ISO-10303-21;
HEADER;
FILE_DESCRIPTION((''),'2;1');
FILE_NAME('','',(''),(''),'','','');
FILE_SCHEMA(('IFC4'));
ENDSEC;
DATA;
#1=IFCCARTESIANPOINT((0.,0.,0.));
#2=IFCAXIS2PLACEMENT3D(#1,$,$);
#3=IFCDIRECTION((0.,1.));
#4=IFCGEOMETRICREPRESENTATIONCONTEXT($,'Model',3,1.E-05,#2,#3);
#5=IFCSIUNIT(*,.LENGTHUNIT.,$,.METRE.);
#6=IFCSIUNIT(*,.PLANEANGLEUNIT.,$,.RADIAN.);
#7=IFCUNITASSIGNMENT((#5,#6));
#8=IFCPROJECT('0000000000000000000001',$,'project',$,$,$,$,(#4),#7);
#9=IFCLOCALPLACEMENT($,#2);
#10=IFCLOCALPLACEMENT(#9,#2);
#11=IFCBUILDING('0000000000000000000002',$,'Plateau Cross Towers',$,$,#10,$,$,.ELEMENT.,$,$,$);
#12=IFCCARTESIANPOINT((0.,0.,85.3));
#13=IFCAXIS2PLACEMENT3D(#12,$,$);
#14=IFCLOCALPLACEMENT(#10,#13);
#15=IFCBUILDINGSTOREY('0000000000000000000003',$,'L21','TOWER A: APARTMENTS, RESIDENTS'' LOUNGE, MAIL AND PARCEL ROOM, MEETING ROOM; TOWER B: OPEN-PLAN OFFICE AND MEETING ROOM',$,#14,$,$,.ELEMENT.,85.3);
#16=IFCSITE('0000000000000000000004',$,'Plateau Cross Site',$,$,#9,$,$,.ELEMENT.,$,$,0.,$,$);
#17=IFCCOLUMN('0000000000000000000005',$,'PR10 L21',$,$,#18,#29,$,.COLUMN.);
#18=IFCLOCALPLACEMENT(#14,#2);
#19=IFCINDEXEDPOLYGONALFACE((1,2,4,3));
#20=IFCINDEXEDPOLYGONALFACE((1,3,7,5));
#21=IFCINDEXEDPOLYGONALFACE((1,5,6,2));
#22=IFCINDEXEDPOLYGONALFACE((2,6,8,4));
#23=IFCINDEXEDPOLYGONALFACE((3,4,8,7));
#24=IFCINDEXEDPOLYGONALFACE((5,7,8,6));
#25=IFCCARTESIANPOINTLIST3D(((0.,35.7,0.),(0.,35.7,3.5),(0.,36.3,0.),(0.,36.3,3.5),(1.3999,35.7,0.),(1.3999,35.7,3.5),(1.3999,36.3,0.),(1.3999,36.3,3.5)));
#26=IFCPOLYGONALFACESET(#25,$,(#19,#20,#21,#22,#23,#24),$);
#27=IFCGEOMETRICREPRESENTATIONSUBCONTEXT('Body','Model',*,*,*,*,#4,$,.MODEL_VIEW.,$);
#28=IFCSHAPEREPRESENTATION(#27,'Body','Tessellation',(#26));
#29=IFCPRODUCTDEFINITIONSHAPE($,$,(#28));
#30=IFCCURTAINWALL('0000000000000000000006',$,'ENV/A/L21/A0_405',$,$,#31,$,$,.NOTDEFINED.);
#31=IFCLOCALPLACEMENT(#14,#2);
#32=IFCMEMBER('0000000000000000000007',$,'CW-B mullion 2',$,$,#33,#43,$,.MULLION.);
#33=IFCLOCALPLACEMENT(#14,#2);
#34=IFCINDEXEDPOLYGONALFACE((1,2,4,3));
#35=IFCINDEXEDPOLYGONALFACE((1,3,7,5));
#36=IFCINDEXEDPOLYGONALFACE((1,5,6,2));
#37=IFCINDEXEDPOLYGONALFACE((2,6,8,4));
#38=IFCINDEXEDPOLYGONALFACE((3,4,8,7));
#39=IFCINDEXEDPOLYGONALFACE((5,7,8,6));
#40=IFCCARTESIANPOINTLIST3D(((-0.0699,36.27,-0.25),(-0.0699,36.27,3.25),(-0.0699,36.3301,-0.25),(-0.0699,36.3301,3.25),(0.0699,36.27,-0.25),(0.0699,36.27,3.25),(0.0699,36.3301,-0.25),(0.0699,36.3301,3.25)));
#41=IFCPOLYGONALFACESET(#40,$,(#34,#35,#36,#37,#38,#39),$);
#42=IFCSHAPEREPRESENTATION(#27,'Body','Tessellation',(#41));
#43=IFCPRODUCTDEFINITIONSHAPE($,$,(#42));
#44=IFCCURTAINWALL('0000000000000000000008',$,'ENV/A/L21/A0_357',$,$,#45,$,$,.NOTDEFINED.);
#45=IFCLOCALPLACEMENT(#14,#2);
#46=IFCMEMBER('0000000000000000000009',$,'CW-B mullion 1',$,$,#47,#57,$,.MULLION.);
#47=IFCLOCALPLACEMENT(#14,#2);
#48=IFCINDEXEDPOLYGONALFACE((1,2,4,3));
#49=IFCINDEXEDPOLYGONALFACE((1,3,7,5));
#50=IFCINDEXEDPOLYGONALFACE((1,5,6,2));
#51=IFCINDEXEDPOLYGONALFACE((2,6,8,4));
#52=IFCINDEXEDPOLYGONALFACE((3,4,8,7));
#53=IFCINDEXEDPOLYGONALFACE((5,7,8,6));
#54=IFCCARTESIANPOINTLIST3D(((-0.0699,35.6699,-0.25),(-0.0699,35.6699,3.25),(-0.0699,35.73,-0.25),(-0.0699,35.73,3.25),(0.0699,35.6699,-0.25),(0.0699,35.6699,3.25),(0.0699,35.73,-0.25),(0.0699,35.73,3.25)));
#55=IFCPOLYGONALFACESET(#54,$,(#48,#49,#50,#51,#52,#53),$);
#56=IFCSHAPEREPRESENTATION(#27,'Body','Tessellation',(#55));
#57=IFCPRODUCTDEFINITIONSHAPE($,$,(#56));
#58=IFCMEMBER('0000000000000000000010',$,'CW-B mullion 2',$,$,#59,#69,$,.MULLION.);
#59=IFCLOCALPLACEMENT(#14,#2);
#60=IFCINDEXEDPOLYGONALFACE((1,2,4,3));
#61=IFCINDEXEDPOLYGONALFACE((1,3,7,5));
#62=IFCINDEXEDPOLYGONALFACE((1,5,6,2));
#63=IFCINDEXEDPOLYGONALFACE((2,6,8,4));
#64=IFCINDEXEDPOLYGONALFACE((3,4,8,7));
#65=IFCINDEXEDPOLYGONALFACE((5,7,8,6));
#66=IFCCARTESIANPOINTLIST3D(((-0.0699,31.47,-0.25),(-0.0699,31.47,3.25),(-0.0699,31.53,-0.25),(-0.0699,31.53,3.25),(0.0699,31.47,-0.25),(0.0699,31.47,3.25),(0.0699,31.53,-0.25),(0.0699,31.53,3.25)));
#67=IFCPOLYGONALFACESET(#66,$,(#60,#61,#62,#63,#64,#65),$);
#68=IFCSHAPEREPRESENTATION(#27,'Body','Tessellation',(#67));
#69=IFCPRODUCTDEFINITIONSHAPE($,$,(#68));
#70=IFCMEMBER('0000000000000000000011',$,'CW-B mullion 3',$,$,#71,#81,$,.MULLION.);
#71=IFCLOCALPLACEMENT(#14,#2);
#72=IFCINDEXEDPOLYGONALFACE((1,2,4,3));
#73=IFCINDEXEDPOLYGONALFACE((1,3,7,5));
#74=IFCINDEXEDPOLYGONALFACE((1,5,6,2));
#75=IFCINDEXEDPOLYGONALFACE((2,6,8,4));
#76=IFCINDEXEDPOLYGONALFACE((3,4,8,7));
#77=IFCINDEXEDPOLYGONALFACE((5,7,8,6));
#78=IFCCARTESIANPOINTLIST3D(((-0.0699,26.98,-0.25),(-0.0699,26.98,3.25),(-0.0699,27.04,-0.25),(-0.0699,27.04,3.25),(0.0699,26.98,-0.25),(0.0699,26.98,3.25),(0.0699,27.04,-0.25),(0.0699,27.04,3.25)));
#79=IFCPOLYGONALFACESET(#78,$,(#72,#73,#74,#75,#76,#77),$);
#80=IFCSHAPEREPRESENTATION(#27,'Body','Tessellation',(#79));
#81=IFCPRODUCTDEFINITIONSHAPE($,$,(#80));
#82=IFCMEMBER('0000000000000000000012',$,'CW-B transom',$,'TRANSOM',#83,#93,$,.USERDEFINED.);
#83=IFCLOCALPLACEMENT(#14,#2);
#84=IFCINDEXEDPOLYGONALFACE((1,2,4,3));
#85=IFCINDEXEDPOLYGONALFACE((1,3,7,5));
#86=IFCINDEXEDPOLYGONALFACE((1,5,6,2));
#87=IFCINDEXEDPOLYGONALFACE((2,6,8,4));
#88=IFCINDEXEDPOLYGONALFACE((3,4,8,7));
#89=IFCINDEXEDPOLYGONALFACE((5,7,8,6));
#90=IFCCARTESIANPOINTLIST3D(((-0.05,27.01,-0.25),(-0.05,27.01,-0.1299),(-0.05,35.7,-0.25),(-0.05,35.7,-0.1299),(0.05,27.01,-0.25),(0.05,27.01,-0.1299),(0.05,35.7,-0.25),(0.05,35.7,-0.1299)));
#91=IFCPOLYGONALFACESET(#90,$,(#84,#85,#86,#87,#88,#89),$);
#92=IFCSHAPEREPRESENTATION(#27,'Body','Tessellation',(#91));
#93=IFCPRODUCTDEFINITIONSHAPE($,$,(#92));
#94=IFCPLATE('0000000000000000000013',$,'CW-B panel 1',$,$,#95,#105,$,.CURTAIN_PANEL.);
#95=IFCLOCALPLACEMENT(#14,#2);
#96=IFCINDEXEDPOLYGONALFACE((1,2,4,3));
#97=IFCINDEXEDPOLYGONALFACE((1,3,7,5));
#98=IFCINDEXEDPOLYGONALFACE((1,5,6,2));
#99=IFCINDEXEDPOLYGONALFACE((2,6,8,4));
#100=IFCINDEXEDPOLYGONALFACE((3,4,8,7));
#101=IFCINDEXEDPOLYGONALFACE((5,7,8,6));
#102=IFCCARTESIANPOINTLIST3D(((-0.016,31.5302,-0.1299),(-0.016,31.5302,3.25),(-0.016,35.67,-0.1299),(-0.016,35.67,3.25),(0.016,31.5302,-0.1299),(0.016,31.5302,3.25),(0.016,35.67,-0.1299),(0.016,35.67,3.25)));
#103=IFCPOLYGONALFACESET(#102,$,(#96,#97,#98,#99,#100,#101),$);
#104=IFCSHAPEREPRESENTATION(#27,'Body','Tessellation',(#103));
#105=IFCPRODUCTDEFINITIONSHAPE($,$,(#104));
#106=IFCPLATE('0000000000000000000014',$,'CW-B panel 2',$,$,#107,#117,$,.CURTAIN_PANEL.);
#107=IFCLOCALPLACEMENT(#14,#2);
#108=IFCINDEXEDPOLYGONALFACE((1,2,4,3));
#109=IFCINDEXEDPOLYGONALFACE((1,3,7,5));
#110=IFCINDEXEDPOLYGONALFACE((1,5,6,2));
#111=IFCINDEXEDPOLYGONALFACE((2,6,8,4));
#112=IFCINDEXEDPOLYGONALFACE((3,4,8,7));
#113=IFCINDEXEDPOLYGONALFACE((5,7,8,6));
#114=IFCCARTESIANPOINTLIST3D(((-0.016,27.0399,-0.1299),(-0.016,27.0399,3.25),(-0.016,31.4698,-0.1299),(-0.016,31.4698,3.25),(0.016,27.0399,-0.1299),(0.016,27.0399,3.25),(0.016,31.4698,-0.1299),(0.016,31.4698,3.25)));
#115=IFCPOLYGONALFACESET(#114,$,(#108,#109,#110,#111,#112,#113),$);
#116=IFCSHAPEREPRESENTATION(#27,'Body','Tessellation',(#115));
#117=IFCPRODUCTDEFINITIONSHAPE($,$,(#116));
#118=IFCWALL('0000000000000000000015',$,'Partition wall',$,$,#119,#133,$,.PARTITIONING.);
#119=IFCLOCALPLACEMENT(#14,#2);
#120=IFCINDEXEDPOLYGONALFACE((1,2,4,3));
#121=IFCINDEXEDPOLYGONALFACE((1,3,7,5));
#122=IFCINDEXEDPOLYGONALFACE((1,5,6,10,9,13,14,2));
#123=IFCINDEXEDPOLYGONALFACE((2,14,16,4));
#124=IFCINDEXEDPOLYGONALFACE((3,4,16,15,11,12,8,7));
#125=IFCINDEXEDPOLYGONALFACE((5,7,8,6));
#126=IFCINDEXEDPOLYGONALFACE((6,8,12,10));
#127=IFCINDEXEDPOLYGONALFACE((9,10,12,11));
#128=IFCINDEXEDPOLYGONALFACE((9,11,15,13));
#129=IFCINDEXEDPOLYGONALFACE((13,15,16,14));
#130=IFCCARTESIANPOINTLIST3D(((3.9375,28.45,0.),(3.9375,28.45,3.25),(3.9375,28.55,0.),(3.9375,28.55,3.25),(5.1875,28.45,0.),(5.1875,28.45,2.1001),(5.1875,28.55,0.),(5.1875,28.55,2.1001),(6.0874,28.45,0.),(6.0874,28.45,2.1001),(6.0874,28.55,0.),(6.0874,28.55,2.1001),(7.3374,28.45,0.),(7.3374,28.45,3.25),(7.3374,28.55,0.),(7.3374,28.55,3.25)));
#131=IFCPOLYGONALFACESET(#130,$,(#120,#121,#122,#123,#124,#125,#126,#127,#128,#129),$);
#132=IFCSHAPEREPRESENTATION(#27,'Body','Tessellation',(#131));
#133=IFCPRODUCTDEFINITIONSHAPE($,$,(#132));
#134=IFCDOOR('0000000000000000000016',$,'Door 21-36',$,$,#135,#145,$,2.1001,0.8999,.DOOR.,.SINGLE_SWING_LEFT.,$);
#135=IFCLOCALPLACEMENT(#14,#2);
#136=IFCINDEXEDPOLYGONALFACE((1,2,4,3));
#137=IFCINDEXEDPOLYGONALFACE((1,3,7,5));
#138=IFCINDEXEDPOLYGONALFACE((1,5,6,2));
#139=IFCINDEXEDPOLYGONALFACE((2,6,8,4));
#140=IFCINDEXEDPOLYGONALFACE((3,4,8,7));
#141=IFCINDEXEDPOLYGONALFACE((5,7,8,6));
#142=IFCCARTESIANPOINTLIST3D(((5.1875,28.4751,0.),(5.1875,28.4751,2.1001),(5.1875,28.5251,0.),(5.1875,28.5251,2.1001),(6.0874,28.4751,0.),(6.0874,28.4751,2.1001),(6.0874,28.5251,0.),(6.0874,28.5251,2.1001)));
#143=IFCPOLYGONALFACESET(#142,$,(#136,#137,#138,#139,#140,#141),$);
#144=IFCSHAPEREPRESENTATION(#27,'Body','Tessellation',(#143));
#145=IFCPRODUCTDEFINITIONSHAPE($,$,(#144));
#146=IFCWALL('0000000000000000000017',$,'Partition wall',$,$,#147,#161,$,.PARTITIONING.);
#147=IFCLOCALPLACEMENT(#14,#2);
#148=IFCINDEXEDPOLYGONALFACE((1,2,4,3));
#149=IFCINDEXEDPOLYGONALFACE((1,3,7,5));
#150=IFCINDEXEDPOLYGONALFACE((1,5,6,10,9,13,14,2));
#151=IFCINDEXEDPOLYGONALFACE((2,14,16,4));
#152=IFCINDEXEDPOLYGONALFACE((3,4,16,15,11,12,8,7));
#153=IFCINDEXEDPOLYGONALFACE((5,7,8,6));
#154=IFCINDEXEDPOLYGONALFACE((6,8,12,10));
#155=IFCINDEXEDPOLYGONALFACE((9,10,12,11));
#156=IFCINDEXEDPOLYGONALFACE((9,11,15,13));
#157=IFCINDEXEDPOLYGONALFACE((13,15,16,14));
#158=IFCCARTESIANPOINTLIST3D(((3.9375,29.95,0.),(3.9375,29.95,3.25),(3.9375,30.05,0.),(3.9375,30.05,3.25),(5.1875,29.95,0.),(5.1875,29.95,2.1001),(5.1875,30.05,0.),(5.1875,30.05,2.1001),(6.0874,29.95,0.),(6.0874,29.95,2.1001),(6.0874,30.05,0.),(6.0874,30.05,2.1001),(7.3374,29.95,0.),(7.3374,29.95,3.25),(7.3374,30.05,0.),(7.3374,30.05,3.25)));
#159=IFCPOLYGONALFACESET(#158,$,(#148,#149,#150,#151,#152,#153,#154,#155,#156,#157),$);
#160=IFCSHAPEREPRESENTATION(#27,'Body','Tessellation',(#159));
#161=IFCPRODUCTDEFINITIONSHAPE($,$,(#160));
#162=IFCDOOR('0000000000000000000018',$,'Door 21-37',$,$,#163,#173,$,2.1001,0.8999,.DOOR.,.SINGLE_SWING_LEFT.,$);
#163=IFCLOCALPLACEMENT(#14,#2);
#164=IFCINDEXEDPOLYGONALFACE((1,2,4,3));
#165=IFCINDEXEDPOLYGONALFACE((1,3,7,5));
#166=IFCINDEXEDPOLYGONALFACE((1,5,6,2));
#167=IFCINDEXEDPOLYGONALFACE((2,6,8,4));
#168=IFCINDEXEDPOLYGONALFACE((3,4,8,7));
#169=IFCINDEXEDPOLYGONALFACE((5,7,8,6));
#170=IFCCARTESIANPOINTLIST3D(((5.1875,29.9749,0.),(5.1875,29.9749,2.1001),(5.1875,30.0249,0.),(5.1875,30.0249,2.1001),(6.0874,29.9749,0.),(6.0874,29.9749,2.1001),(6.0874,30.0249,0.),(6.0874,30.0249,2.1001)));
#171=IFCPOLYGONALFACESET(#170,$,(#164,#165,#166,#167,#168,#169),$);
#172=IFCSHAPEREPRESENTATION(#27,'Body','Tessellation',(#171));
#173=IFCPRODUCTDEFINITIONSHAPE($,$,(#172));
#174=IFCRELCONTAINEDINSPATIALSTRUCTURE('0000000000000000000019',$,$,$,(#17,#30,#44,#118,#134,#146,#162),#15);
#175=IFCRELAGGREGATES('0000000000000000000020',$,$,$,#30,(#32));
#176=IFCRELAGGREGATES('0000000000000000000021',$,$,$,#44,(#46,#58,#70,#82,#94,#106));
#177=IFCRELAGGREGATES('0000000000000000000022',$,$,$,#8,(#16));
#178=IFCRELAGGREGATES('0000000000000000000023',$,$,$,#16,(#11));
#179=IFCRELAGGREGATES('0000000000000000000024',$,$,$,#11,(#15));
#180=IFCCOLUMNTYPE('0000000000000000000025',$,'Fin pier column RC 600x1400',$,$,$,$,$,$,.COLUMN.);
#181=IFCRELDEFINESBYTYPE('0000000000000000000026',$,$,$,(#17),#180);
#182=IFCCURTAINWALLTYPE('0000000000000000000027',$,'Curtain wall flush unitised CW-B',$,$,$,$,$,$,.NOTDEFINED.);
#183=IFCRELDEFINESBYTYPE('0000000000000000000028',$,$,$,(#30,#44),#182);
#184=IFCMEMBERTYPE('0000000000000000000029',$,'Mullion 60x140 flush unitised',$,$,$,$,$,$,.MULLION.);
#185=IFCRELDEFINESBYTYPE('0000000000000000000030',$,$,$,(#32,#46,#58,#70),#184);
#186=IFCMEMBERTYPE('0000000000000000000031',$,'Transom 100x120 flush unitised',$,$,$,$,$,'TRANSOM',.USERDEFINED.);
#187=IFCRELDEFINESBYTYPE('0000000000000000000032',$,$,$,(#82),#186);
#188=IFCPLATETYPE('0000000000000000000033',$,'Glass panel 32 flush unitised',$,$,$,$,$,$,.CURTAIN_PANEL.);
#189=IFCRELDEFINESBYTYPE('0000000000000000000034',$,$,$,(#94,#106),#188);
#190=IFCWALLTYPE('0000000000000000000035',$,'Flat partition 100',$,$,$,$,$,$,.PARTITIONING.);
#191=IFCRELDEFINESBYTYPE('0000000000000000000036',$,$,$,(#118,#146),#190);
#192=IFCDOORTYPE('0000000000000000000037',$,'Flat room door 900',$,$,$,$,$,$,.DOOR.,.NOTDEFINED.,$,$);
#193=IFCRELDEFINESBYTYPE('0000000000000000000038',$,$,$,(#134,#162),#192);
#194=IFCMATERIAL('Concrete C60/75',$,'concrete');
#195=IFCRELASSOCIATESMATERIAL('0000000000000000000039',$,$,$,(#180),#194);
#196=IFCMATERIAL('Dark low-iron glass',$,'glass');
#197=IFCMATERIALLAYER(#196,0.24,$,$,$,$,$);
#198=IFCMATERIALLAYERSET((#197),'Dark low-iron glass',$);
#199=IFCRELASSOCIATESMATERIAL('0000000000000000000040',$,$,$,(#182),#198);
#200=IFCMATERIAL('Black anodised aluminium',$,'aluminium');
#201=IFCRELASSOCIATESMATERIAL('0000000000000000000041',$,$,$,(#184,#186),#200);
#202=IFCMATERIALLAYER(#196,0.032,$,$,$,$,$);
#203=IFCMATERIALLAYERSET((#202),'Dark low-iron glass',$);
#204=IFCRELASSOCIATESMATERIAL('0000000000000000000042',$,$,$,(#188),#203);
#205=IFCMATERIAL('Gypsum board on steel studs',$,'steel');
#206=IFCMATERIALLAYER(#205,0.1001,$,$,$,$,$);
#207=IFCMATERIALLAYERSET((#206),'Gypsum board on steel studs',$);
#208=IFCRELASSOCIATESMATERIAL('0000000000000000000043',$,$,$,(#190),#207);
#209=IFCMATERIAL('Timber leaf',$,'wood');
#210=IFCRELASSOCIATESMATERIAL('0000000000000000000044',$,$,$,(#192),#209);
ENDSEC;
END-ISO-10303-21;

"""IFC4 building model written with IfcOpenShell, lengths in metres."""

from ifc_helpers import new_model, si_unit, direction, frame, frame_2d, origin, origin_2d, place, context, subcontext, project, spatial, rectangle, extrude, material, layer, layer_set, material_profile, profile_set, type_object, element, fill, aggregate, save


model = new_model("IFC4")

# Units and contexts
model_context = context("Model", 3, precision=1e-05, world=origin(), true_north=direction((0.0, 1.0)))
body_context = subcontext(model_context, "Body", "Model", "MODEL_VIEW")
ifc_project = project(units=[si_unit("LENGTHUNIT", "METRE"), si_unit("PLANEANGLEUNIT", "RADIAN")], contexts=[model_context])

# Site, building, storey
site_placement = place(None, origin())
site = spatial("IfcSite", under=ifc_project, at=site_placement, Name="Plateau Cross Site", CompositionType="ELEMENT", RefElevation=0.0)
building_placement = place(site_placement, origin())
building = spatial("IfcBuilding", under=site, at=building_placement, Name="Plateau Cross Towers", CompositionType="ELEMENT")
storey_placement = place(building_placement, frame((0.0, 0.0, 85.3)))
storey = spatial("IfcBuildingStorey", under=building, at=storey_placement, Name="L21", Description="TOWER A: APARTMENTS, RESIDENTS' LOUNGE, MAIL AND PARCEL ROOM, MEETING ROOM; TOWER B: OPEN-PLAN OFFICE AND MEETING ROOM", CompositionType="ELEMENT", Elevation=85.3)

# Column
ifc_material_1 = material(Name="Concrete C60/75", Category="concrete")
ifc_material_profile_1 = material_profile(ifc_material_1, rectangle(XDim=0.6001, YDim=1.3999, at=origin_2d()), Name="RC 600x1400")
ifc_profile_set_1 = profile_set([ifc_material_profile_1], Name="Concrete C60/75")
column_type = type_object("IfcColumnType", Name="Fin pier column RC 600x1400", PredefinedType="COLUMN", material=ifc_profile_set_1)
column_placement = place(storey_placement, frame((0.7, 36.0, 0.0), z_axis=(0.0, 0.0, 1.0), x_axis=(0.0, 1.0, 0.0)))
element("IfcColumn", 1, at=column_placement, inside=storey, type_object=column_type, Name="PR10 L21", PredefinedType="COLUMN", context=body_context, shape_type="SweptSolid", body=[
    extrude(rectangle(XDim=0.6001, YDim=1.3999, at=origin_2d()), origin(), (0.0, 0.0, 1.0), 3.5),
])

# Curtain wall, member
ifc_material_2 = material(Name="Dark low-iron glass", Category="glass")
ifc_layer_1 = layer(ifc_material_2, 0.24)
ifc_layer_set_1 = layer_set([ifc_layer_1], Name="Dark low-iron glass")
curtain_wall_type = type_object("IfcCurtainWallType", Name="Curtain wall flush unitised CW-B", PredefinedType="NOTDEFINED", material=ifc_layer_set_1)
curtain_wall_1_placement = place(storey_placement, origin())
curtain_wall_1 = element("IfcCurtainWall", 2, at=curtain_wall_1_placement, inside=storey, type_object=curtain_wall_type, Name="ENV/A/L21/A0_405", PredefinedType="NOTDEFINED")
ifc_material_3 = material(Name="Black anodised aluminium", Category="aluminium")
ifc_material_profile_2 = material_profile(ifc_material_3, rectangle(XDim=0.0601, YDim=0.1399, at=origin_2d()), Name="MULLION 60x140")
ifc_profile_set_2 = profile_set([ifc_material_profile_2], Name="Black anodised aluminium")
member_type_1 = type_object("IfcMemberType", Name="Mullion 60x140 flush unitised", PredefinedType="MULLION", material=ifc_profile_set_2)
member_1_placement = place(storey_placement, frame((0.0, 36.3, -0.25), z_axis=(0.0, 0.0, 1.0), x_axis=(0.0, -1.0, 0.0)))
member_1 = element("IfcMember", 3, at=member_1_placement, type_object=member_type_1, Name="CW-B mullion 2", PredefinedType="MULLION", context=body_context, shape_type="SweptSolid", body=[
    extrude(rectangle(XDim=0.0601, YDim=0.1399, at=origin_2d()), origin(), (0.0, 0.0, 1.0), 3.5),
])
aggregate(curtain_wall_1, [member_1])

# Curtain wall, members, plates
curtain_wall_2_placement = place(storey_placement, origin())
curtain_wall_2 = element("IfcCurtainWall", 4, at=curtain_wall_2_placement, inside=storey, type_object=curtain_wall_type, Name="ENV/A/L21/A0_357", PredefinedType="NOTDEFINED")
member_2_placement = place(storey_placement, frame((0.0, 35.7, -0.25), z_axis=(0.0, 0.0, 1.0), x_axis=(0.0, -1.0, 0.0)))
member_2 = element("IfcMember", 5, at=member_2_placement, type_object=member_type_1, Name="CW-B mullion 1", PredefinedType="MULLION", context=body_context, shape_type="SweptSolid", body=[
    extrude(rectangle(XDim=0.0601, YDim=0.1399, at=origin_2d()), origin(), (0.0, 0.0, 1.0), 3.5),
])
member_3_placement = place(storey_placement, frame((0.0, 31.5, -0.25), z_axis=(0.0, 0.0, 1.0), x_axis=(0.0, -1.0, 0.0)))
member_3 = element("IfcMember", 6, at=member_3_placement, type_object=member_type_1, Name="CW-B mullion 2", PredefinedType="MULLION", context=body_context, shape_type="SweptSolid", body=[
    extrude(rectangle(XDim=0.0601, YDim=0.1399, at=origin_2d()), origin(), (0.0, 0.0, 1.0), 3.5),
])
member_4_placement = place(storey_placement, frame((0.0, 27.01, -0.25), z_axis=(0.0, 0.0, 1.0), x_axis=(0.0, -1.0, 0.0)))
member_4 = element("IfcMember", 7, at=member_4_placement, type_object=member_type_1, Name="CW-B mullion 3", PredefinedType="MULLION", context=body_context, shape_type="SweptSolid", body=[
    extrude(rectangle(XDim=0.0601, YDim=0.1399, at=origin_2d()), origin(), (0.0, 0.0, 1.0), 3.5),
])
ifc_material_profile_3 = material_profile(ifc_material_3, rectangle(XDim=0.1001, YDim=0.1201, at=origin_2d()), Name="TRANSOM 100x120")
ifc_profile_set_3 = profile_set([ifc_material_profile_3], Name="Black anodised aluminium")
member_type_2 = type_object("IfcMemberType", Name="Transom 100x120 flush unitised", ElementType="TRANSOM", PredefinedType="USERDEFINED", material=ifc_profile_set_3)
member_5_placement = place(storey_placement, frame((0.0, 35.7, -0.1899), z_axis=(0.0, -1.0, 0.0), x_axis=(1.0, 0.0, 0.0)))
member_5 = element("IfcMember", 8, at=member_5_placement, type_object=member_type_2, Name="CW-B transom", ObjectType="TRANSOM", PredefinedType="USERDEFINED", context=body_context, shape_type="SweptSolid", body=[
    extrude(rectangle(XDim=0.1001, YDim=0.1201, at=origin_2d()), origin(), (0.0, 0.0, 1.0), 8.6899),
])
ifc_layer_2 = layer(ifc_material_2, 0.032)
ifc_layer_set_2 = layer_set([ifc_layer_2], Name="Dark low-iron glass")
plate_type = type_object("IfcPlateType", Name="Glass panel 32 flush unitised", PredefinedType="CURTAIN_PANEL", material=ifc_layer_set_2)
plate_1_placement = place(storey_placement, frame((0.0, 33.6001, -0.1299), z_axis=(0.0, 0.0, 1.0), x_axis=(0.0, -1.0, 0.0)))
plate_1 = element("IfcPlate", 9, at=plate_1_placement, type_object=plate_type, Name="CW-B panel 1", PredefinedType="CURTAIN_PANEL", context=body_context, shape_type="SweptSolid", body=[
    extrude(rectangle(XDim=4.1399, YDim=0.032, at=origin_2d()), origin(), (0.0, 0.0, 1.0), 3.3799),
])
plate_2_placement = place(storey_placement, frame((0.0, 29.2549, -0.1299), z_axis=(0.0, 0.0, 1.0), x_axis=(0.0, -1.0, 0.0)))
plate_2 = element("IfcPlate", 10, at=plate_2_placement, type_object=plate_type, Name="CW-B panel 2", PredefinedType="CURTAIN_PANEL", context=body_context, shape_type="SweptSolid", body=[
    extrude(rectangle(XDim=4.4299, YDim=0.032, at=origin_2d()), origin(), (0.0, 0.0, 1.0), 3.3799),
])
aggregate(curtain_wall_2, [member_2, member_3, member_4, member_5, plate_1, plate_2])

# Walls, openings, doors
ifc_material_4 = material(Name="Gypsum board on steel studs", Category="steel")
ifc_layer_3 = layer(ifc_material_4, 0.1001)
ifc_layer_set_3 = layer_set([ifc_layer_3], Name="Gypsum board on steel studs")
wall_type_1 = type_object("IfcWallType", Name="Flat partition 100", PredefinedType="PARTITIONING", material=ifc_layer_set_3)
wall_1_placement = place(storey_placement, frame((7.3374, 28.5, 0.0), z_axis=(0.0, 0.0, 1.0), x_axis=(-1.0, 0.0, 0.0)))
wall_1 = element("IfcWall", 11, at=wall_1_placement, inside=storey, type_object=wall_type_1, Name="Partition wall", PredefinedType="PARTITIONING", context=body_context, shape_type="SweptSolid", body=[
    extrude(rectangle(XDim=3.3999, YDim=0.1001, at=frame_2d((1.7, 0.0))), origin(), (0.0, 0.0, 1.0), 3.25),
])
opening_1_placement = place(wall_1_placement, frame((1.25, 0.0, 0.0)))
opening_1 = element("IfcOpeningElement", 12, at=opening_1_placement, cuts=wall_1, PredefinedType="OPENING", context=body_context, shape_type="SweptSolid", body=[
    extrude(rectangle(XDim=0.8999, YDim=2.1001, at=frame_2d((0.45, 1.05))), frame((0.0, 0.0601, 0.0), z_axis=(0.0, -1.0, 0.0), x_axis=(1.0, 0.0, 0.0)), (0.0, 0.0, 1.0), 0.1201),
])
ifc_material_5 = material(Name="Timber leaf", Category="wood")
door_type = type_object("IfcDoorType", Name="Flat room door 900", OperationType="NOTDEFINED", PredefinedType="DOOR", material=ifc_material_5)
door_1_placement = place(opening_1_placement, origin())
door_1 = element("IfcDoor", 13, at=door_1_placement, inside=storey, type_object=door_type, Name="Door 21-36", OperationType="SINGLE_SWING_LEFT", OverallHeight=2.1001, OverallWidth=0.8999, PredefinedType="DOOR", context=body_context, shape_type="SweptSolid", body=[
    extrude(rectangle(XDim=0.8999, YDim=2.1001, at=frame_2d((0.45, 1.05))), frame((0.0, 0.0249, 0.0), z_axis=(0.0, -1.0, 0.0), x_axis=(1.0, 0.0, 0.0)), (0.0, 0.0, 1.0), 0.05),
])
fill(opening_1, door_1)
wall_2_placement = place(storey_placement, frame((3.9375, 30.0, 0.0), z_axis=(0.0, 0.0, 1.0), x_axis=(1.0, 0.0, 0.0)))
wall_2 = element("IfcWall", 14, at=wall_2_placement, inside=storey, type_object=wall_type_1, Name="Partition wall", PredefinedType="PARTITIONING", context=body_context, shape_type="SweptSolid", body=[
    extrude(rectangle(XDim=3.3999, YDim=0.1001, at=frame_2d((1.7, 0.0))), origin(), (0.0, 0.0, 1.0), 3.25),
])
opening_2_placement = place(wall_2_placement, frame((1.25, 0.0, 0.0)))
opening_2 = element("IfcOpeningElement", 15, at=opening_2_placement, cuts=wall_2, PredefinedType="OPENING", context=body_context, shape_type="SweptSolid", body=[
    extrude(rectangle(XDim=0.8999, YDim=2.1001, at=frame_2d((0.45, 1.05))), frame((0.0, 0.0601, 0.0), z_axis=(0.0, -1.0, 0.0), x_axis=(1.0, 0.0, 0.0)), (0.0, 0.0, 1.0), 0.1201),
])
door_2_placement = place(opening_2_placement, origin())
door_2 = element("IfcDoor", 16, at=door_2_placement, inside=storey, type_object=door_type, Name="Door 21-37", OperationType="SINGLE_SWING_LEFT", OverallHeight=2.1001, OverallWidth=0.8999, PredefinedType="DOOR", context=body_context, shape_type="SweptSolid", body=[
    extrude(rectangle(XDim=0.8999, YDim=2.1001, at=frame_2d((0.45, 1.05))), frame((0.0, 0.0249, 0.0), z_axis=(0.0, -1.0, 0.0), x_axis=(1.0, 0.0, 0.0)), (0.0, 0.0, 1.0), 0.05),
])
fill(opening_2, door_2)

save(model, "model.ifc")
